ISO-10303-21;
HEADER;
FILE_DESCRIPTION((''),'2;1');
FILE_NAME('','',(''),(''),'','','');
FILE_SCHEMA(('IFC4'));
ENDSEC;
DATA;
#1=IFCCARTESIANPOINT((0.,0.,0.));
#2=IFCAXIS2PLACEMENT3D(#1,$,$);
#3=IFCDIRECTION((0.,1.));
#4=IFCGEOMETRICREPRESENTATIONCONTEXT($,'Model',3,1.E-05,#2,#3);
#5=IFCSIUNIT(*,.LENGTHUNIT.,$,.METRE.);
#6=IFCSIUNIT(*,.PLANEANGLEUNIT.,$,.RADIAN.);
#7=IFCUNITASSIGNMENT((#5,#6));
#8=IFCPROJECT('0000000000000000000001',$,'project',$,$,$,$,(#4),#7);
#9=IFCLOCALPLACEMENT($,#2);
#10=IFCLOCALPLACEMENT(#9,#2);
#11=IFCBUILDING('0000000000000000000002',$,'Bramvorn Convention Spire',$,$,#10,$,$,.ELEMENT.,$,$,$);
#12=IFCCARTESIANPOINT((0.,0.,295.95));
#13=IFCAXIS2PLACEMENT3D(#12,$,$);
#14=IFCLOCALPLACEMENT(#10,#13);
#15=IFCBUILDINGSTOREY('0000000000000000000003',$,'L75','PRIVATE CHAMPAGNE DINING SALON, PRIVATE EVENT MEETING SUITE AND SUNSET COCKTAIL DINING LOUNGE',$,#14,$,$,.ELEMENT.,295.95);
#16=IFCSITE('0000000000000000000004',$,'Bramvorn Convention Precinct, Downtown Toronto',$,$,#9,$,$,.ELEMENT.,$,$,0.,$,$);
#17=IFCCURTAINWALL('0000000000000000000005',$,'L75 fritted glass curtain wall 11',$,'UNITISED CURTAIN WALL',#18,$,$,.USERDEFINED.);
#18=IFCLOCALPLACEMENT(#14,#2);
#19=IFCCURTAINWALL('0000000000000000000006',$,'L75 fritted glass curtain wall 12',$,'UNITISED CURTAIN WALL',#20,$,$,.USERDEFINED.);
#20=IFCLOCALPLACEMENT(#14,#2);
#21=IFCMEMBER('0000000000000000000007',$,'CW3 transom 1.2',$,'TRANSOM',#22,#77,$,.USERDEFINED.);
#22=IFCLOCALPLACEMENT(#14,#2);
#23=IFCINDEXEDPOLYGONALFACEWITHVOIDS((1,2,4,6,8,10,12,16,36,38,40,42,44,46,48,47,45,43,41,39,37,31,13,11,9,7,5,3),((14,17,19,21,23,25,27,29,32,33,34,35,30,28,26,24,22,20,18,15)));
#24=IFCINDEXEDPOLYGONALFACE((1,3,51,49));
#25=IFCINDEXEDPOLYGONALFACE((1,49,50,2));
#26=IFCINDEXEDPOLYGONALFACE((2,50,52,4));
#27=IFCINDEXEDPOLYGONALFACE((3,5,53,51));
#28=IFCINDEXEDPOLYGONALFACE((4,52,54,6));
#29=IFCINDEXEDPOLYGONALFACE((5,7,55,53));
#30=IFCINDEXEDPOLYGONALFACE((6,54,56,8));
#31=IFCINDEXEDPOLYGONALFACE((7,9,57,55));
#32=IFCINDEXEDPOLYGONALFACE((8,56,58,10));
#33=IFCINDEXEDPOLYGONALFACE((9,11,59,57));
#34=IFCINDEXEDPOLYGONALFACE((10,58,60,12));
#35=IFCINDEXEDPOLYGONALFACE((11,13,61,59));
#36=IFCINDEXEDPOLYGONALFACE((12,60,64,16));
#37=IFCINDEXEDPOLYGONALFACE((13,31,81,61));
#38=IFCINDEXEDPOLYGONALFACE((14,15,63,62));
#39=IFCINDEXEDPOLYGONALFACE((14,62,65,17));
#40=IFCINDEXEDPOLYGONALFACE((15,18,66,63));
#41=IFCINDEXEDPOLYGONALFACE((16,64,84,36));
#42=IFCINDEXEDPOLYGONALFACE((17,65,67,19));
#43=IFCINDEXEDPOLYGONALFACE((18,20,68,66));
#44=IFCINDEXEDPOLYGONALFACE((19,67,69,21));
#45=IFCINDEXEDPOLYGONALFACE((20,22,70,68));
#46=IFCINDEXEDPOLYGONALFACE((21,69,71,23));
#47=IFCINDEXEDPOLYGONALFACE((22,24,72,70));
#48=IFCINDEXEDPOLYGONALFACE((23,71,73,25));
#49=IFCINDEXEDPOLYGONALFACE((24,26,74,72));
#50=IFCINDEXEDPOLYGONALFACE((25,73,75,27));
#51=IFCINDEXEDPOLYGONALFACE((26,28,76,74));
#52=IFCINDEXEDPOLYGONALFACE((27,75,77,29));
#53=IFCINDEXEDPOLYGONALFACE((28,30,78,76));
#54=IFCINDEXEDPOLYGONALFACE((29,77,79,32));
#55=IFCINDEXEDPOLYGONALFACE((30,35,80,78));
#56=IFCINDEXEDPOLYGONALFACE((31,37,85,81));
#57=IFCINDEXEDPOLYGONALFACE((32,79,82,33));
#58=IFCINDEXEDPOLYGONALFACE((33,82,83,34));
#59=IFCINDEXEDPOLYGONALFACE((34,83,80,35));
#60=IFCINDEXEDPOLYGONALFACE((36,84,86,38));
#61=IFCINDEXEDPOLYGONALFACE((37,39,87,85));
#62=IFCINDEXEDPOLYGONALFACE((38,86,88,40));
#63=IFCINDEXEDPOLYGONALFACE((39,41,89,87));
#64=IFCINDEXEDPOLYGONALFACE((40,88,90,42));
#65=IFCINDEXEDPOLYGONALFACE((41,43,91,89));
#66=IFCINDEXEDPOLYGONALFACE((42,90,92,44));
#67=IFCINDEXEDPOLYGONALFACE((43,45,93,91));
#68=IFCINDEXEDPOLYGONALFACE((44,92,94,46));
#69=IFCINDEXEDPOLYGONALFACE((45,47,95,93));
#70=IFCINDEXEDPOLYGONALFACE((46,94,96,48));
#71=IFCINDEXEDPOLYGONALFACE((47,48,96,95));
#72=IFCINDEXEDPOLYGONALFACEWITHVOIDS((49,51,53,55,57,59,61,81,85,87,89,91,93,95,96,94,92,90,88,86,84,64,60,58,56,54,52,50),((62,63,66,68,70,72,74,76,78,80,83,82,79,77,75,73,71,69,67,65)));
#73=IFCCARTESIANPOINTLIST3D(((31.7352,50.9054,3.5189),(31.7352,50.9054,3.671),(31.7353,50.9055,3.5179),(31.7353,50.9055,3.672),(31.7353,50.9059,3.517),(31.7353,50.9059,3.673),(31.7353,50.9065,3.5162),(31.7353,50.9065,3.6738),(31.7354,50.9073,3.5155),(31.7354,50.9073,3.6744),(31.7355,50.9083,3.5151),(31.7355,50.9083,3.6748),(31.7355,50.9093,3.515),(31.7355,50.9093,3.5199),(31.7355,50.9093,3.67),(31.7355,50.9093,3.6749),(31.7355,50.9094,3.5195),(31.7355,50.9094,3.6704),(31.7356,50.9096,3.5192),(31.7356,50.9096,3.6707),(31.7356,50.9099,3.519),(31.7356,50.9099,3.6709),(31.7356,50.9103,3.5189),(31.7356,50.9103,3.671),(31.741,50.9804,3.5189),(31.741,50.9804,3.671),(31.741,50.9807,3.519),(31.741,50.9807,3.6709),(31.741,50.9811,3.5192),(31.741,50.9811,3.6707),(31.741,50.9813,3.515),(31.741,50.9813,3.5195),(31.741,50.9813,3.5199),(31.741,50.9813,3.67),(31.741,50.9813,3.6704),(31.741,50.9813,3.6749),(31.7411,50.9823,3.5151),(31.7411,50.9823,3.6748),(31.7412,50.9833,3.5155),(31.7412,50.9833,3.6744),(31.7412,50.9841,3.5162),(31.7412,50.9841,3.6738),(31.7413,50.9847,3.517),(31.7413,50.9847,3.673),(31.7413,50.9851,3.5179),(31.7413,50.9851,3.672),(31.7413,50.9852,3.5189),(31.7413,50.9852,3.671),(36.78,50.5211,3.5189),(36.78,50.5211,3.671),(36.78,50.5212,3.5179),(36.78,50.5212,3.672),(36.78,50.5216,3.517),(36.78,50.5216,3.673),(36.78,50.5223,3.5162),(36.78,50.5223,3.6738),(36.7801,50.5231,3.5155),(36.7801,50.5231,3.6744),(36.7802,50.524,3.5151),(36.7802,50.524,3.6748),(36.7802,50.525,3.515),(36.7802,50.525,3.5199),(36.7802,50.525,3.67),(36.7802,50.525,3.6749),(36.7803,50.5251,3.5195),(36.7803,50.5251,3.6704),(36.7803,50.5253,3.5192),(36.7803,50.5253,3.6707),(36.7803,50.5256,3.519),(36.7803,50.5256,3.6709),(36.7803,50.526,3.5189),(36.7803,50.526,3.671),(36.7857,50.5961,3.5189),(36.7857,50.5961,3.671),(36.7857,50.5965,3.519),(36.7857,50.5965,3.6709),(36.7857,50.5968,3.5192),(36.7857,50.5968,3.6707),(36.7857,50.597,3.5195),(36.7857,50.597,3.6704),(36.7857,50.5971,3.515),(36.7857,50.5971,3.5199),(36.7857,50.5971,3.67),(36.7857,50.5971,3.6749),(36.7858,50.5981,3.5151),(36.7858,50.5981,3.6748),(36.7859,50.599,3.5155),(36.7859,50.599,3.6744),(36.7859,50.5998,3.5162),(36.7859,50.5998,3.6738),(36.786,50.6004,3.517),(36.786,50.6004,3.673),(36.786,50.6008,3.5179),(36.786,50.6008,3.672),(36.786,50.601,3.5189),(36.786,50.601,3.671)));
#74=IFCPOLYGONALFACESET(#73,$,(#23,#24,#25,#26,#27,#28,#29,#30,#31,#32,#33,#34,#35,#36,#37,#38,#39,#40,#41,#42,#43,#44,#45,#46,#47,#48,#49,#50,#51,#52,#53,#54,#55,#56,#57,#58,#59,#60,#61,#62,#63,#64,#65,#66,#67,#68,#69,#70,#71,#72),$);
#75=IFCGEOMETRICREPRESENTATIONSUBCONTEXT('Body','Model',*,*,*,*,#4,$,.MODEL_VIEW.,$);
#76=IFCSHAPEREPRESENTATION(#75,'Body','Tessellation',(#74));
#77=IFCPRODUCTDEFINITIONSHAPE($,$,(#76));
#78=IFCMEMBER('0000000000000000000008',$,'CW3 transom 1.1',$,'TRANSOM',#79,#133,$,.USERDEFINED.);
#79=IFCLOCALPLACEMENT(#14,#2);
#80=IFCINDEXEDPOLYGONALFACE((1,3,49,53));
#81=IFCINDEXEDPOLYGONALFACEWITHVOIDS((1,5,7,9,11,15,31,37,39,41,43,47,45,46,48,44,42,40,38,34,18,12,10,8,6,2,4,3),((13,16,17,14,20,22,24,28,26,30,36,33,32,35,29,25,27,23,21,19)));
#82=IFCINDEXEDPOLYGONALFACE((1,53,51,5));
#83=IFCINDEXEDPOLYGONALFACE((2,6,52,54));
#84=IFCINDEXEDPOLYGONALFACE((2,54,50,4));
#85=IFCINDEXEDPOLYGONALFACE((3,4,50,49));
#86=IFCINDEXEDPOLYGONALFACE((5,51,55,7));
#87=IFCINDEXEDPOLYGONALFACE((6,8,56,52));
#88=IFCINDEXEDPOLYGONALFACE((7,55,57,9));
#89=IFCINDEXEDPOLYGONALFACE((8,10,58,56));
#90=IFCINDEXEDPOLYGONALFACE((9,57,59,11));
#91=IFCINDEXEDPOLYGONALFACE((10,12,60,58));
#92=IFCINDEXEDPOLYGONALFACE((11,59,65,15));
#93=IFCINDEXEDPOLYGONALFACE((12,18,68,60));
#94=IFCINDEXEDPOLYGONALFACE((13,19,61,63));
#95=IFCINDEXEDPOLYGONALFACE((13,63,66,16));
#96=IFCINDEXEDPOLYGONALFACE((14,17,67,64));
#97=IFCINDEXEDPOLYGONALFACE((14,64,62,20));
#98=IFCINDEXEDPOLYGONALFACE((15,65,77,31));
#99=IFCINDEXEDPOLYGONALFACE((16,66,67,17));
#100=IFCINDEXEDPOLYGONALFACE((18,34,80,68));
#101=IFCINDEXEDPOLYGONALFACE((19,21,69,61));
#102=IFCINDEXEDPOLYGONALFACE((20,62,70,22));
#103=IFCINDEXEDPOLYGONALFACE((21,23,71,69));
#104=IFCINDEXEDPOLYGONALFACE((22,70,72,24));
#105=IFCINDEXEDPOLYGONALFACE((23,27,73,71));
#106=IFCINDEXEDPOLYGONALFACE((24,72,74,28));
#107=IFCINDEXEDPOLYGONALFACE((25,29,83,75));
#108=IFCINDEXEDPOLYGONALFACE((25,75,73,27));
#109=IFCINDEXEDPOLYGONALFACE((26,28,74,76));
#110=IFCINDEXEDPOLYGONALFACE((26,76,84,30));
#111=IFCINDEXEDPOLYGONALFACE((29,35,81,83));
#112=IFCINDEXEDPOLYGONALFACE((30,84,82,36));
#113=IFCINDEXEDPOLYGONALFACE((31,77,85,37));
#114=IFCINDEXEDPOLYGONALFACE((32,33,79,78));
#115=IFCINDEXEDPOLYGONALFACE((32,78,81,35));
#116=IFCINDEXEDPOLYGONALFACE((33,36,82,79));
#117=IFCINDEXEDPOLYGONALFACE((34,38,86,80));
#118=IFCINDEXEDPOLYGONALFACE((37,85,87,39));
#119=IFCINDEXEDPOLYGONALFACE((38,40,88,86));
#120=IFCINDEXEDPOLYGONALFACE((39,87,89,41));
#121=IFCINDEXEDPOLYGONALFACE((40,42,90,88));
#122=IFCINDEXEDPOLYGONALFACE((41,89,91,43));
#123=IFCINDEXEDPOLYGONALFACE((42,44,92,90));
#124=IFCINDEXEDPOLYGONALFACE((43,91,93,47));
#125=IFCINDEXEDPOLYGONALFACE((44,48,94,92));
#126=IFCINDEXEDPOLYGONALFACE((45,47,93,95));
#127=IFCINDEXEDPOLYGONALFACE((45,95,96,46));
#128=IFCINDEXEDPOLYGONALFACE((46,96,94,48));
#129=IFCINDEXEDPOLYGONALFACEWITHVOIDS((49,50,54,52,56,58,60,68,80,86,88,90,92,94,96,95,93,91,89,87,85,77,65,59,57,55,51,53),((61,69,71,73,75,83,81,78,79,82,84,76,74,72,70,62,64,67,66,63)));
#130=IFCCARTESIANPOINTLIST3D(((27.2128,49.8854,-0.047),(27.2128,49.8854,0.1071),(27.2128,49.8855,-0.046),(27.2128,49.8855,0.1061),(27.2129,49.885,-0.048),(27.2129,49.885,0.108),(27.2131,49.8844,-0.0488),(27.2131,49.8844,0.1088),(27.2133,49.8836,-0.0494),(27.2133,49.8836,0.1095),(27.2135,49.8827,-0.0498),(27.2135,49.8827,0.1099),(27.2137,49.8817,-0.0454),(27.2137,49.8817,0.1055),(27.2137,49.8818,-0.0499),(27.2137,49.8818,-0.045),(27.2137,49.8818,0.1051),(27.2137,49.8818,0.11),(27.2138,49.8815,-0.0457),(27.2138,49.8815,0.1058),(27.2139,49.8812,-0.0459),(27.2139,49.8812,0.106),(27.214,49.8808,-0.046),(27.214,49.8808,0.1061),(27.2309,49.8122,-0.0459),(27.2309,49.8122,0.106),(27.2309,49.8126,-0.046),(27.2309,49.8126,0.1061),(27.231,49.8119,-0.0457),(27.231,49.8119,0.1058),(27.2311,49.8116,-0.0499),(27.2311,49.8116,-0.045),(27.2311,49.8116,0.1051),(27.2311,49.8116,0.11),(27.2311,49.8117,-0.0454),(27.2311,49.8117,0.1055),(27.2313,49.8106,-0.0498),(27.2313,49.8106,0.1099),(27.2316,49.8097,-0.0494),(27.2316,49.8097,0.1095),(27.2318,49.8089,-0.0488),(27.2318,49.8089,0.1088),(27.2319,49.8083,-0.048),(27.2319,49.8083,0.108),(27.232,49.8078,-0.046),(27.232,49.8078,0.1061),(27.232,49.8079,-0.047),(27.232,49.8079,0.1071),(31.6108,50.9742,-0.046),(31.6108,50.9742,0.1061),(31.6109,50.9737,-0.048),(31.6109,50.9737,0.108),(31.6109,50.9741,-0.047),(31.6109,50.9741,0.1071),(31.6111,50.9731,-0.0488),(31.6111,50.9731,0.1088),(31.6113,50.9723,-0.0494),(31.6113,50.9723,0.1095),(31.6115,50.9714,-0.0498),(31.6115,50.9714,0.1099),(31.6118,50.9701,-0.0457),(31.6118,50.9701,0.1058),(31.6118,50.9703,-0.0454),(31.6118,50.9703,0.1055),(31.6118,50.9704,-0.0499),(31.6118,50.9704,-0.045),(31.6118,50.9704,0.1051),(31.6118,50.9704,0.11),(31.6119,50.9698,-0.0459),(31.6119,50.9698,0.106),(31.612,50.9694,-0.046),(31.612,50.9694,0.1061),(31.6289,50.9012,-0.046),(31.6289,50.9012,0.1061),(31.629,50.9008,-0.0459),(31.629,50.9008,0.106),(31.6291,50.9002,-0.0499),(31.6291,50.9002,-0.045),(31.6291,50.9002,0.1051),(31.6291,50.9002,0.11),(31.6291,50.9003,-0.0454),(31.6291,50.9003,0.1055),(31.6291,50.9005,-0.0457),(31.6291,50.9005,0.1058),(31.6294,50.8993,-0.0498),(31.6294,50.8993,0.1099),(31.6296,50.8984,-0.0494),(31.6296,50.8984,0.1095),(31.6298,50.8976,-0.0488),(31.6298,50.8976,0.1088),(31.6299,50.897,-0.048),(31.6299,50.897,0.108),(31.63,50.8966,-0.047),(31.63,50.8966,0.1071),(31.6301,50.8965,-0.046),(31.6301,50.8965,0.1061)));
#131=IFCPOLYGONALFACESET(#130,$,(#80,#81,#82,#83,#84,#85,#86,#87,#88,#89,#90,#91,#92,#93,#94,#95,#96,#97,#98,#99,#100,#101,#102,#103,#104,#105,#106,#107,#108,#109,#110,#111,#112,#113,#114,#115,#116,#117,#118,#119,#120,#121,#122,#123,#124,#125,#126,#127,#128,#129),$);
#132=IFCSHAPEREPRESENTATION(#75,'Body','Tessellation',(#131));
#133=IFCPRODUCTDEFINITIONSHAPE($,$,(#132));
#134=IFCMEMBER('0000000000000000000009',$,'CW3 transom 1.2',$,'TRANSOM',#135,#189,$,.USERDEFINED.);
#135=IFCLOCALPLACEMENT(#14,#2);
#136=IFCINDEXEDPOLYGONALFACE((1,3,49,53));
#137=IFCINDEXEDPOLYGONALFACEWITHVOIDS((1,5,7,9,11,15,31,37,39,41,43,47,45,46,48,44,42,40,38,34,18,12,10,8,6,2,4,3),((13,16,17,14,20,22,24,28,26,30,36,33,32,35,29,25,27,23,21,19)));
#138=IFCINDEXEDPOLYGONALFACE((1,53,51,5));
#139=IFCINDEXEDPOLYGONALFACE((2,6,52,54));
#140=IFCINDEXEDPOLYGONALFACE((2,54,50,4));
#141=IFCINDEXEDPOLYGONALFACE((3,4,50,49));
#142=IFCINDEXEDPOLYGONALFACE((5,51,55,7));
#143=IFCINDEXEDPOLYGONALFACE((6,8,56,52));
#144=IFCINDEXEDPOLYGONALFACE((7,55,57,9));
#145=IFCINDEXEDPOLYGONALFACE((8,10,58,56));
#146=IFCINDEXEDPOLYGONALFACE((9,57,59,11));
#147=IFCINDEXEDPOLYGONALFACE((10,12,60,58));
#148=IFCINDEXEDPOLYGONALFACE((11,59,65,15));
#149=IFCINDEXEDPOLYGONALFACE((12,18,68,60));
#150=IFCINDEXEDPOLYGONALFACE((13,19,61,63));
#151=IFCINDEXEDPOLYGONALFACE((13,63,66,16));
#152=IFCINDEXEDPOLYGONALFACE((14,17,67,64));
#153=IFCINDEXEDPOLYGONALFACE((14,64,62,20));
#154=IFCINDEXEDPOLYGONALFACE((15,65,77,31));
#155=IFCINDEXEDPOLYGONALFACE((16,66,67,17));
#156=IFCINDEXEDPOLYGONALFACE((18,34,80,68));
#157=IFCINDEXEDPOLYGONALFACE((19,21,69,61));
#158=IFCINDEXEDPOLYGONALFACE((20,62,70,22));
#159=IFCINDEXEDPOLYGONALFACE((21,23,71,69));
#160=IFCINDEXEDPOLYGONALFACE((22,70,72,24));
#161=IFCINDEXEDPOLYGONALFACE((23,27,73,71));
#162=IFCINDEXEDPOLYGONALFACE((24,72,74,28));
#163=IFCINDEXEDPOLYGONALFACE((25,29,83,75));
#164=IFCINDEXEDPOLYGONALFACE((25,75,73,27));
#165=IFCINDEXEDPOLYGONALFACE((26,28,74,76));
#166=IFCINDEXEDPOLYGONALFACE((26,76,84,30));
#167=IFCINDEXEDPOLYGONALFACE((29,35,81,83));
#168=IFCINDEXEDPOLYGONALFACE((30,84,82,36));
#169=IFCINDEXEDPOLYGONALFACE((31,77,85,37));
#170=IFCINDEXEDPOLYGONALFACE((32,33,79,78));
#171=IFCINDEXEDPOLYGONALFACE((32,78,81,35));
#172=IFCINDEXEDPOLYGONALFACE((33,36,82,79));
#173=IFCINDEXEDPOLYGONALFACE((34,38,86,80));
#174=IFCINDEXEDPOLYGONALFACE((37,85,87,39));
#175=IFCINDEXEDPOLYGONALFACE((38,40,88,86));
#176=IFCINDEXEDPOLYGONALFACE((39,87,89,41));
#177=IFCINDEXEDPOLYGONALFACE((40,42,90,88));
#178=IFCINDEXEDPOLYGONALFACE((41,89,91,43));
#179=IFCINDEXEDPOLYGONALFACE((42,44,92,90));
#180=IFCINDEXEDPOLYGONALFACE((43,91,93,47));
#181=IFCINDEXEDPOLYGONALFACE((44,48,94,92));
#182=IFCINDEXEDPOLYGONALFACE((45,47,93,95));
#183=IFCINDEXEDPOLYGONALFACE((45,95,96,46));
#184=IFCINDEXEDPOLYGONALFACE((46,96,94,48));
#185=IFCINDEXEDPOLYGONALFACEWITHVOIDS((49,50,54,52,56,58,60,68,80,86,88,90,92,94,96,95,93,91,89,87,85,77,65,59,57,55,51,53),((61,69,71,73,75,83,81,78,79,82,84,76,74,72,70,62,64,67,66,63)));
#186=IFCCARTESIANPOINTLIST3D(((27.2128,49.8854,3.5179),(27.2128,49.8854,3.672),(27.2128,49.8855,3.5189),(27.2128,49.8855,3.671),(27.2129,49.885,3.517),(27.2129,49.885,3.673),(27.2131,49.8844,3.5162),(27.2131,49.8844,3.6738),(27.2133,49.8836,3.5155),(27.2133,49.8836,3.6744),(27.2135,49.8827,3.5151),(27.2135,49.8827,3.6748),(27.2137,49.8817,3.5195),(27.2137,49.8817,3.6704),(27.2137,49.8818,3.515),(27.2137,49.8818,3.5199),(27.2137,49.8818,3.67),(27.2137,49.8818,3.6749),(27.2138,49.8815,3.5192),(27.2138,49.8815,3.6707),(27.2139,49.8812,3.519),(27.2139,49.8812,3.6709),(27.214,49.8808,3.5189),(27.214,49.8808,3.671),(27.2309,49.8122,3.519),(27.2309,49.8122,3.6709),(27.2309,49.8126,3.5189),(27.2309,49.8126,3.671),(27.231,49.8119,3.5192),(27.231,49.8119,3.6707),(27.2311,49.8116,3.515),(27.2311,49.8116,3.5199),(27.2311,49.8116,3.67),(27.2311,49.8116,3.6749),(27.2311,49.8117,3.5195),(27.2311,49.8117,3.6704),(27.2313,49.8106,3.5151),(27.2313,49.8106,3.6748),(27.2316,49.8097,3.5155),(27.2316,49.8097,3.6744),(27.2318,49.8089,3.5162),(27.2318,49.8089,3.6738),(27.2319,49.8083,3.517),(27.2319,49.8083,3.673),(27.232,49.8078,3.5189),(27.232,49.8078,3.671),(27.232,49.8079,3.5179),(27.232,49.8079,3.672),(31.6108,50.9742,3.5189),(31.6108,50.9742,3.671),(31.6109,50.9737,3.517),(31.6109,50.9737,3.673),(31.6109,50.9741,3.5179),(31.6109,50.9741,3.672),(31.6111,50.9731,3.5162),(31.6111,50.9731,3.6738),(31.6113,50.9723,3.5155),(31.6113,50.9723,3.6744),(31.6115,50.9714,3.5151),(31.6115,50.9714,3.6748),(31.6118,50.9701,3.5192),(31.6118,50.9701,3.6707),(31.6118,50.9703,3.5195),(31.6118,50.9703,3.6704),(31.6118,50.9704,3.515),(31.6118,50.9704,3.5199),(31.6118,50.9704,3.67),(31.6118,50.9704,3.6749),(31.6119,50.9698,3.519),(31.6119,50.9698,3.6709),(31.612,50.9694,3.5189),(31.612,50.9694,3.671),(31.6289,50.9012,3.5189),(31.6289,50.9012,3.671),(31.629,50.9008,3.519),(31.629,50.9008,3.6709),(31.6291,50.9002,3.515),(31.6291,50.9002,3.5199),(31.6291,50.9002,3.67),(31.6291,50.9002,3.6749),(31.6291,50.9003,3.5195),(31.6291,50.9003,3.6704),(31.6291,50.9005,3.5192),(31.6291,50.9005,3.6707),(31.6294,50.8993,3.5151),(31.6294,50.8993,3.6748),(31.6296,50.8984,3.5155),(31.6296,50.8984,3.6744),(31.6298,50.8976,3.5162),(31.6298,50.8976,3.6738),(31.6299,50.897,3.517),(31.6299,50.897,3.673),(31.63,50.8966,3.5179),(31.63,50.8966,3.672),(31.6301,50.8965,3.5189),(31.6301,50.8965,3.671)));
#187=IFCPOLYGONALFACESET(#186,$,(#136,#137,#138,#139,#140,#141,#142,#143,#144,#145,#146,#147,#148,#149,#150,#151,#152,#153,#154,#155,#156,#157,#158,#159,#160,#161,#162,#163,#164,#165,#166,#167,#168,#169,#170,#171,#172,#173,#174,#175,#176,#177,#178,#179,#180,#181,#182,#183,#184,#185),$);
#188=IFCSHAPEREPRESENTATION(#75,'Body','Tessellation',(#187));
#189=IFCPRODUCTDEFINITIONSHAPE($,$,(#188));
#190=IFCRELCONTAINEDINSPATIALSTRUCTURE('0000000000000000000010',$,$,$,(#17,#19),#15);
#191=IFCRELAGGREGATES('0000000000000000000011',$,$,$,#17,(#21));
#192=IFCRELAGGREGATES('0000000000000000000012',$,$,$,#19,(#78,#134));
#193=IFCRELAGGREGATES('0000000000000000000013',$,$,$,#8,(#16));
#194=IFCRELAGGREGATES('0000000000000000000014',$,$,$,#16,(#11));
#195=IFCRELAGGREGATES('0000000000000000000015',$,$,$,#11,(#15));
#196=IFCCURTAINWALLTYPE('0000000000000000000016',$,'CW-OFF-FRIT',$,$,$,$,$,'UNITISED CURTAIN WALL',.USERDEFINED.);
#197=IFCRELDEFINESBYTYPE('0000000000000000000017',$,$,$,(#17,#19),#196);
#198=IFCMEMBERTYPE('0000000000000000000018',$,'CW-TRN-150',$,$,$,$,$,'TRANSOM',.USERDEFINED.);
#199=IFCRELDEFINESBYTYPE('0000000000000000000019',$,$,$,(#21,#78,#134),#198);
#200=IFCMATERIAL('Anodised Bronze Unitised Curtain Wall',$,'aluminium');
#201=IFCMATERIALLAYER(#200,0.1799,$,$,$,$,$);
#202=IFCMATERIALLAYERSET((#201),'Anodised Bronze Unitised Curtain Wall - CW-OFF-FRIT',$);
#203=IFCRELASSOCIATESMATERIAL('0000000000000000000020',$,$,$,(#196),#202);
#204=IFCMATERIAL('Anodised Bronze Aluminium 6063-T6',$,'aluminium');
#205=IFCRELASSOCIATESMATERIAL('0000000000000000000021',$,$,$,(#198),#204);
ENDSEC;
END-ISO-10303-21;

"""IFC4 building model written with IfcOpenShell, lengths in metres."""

from ifc_helpers import new_model, si_unit, direction, frame, origin, origin_2d, place, context, subcontext, project, spatial, hollow_rectangle, extrude, material, layer, layer_set, material_profile, profile_set, type_object, element, aggregate, save


model = new_model("IFC4")

# Units and contexts
model_context = context("Model", 3, precision=1e-05, world=origin(), true_north=direction((0.0, 1.0)))
body_context = subcontext(model_context, "Body", "Model", "MODEL_VIEW")
ifc_project = project(units=[si_unit("LENGTHUNIT", "METRE"), si_unit("PLANEANGLEUNIT", "RADIAN")], contexts=[model_context])

# Site, building, storey
site_placement = place(None, origin())
site = spatial("IfcSite", under=ifc_project, at=site_placement, Name="Bramvorn Convention Precinct, Downtown Toronto", CompositionType="ELEMENT", RefElevation=0.0)
building_placement = place(site_placement, origin())
building = spatial("IfcBuilding", under=site, at=building_placement, Name="Bramvorn Convention Spire", CompositionType="ELEMENT")
storey_placement = place(building_placement, frame((0.0, 0.0, 295.95)))
storey = spatial("IfcBuildingStorey", under=building, at=storey_placement, Name="L75", Description="PRIVATE CHAMPAGNE DINING SALON, PRIVATE EVENT MEETING SUITE AND SUNSET COCKTAIL DINING LOUNGE", CompositionType="ELEMENT", Elevation=295.95)

# Curtain wall
ifc_material_1 = material(Name="Anodised Bronze Unitised Curtain Wall", Category="aluminium")
ifc_layer_1 = layer(ifc_material_1, 0.1799)
ifc_layer_set_1 = layer_set([ifc_layer_1], Name="Anodised Bronze Unitised Curtain Wall - CW-OFF-FRIT")
curtain_wall_type = type_object("IfcCurtainWallType", Name="CW-OFF-FRIT", ElementType="UNITISED CURTAIN WALL", PredefinedType="USERDEFINED", material=ifc_layer_set_1)
curtain_wall_1_placement = place(storey_placement, origin())
curtain_wall_1 = element("IfcCurtainWall", 1, at=curtain_wall_1_placement, inside=storey, type_object=curtain_wall_type, Name="L75 fritted glass curtain wall 11", ObjectType="UNITISED CURTAIN WALL", PredefinedType="USERDEFINED")
ifc_material_2 = material(Name="Anodised Bronze Aluminium 6063-T6", Category="aluminium")

# Curtain wall
curtain_wall_2_placement = place(storey_placement, origin())
curtain_wall_2 = element("IfcCurtainWall", 2, at=curtain_wall_2_placement, inside=storey, type_object=curtain_wall_type, Name="L75 fritted glass curtain wall 12", ObjectType="UNITISED CURTAIN WALL", PredefinedType="USERDEFINED")

# Members
ifc_material_profile_1 = material_profile(ifc_material_2, hollow_rectangle(XDim=0.0801, YDim=0.1599, WallThickness=0.0039, InnerFilletRadius=0.001, OuterFilletRadius=0.0039, at=origin_2d()))
ifc_profile_set_1 = profile_set([ifc_material_profile_1], Name="Anodised Bronze Aluminium 6063-T6 - CWT80X160")
member_type_1 = type_object("IfcMemberType", Name="CW-TRN-150", ElementType="TRANSOM", PredefinedType="USERDEFINED", material=ifc_profile_set_1)
member_1_placement = place(storey_placement, frame((31.7383, 50.9453, 3.595), z_axis=(0.997111, -0.075955, 0.0), x_axis=(0.075955, 0.997111, 0.0)))
member_1 = element("IfcMember", 3, at=member_1_placement, type_object=member_type_1, Name="CW3 transom 1.2", ObjectType="TRANSOM", PredefinedType="USERDEFINED", context=body_context, shape_type="SweptSolid", body=[
    extrude(hollow_rectangle(XDim=0.0801, YDim=0.1599, WallThickness=0.0039, InnerFilletRadius=0.001, OuterFilletRadius=0.0039, at=origin_2d()), origin(), (0.0, 0.0, 1.0), 5.0593),
])
member_2_placement = place(storey_placement, frame((27.2224, 49.8467, 0.03), z_axis=(0.970704, 0.240278, 0.0), x_axis=(-0.240278, 0.970704, 0.0)))
member_2 = element("IfcMember", 4, at=member_2_placement, type_object=member_type_1, Name="CW3 transom 1.1", ObjectType="TRANSOM", PredefinedType="USERDEFINED", context=body_context, shape_type="SweptSolid", body=[
    extrude(hollow_rectangle(XDim=0.0801, YDim=0.1599, WallThickness=0.0039, InnerFilletRadius=0.001, OuterFilletRadius=0.0039, at=origin_2d()), origin(), (0.0, 0.0, 1.0), 4.5308),
])
member_3_placement = place(storey_placement, frame((27.2224, 49.8467, 3.595), z_axis=(0.970704, 0.240278, 0.0), x_axis=(-0.240278, 0.970704, 0.0)))
member_3 = element("IfcMember", 5, at=member_3_placement, type_object=member_type_1, Name="CW3 transom 1.2", ObjectType="TRANSOM", PredefinedType="USERDEFINED", context=body_context, shape_type="SweptSolid", body=[
    extrude(hollow_rectangle(XDim=0.0801, YDim=0.1599, WallThickness=0.0039, InnerFilletRadius=0.001, OuterFilletRadius=0.0039, at=origin_2d()), origin(), (0.0, 0.0, 1.0), 4.5308),
])

aggregate(curtain_wall_1, [member_1])
aggregate(curtain_wall_2, [member_2, member_3])

save(model, "model.ifc")
